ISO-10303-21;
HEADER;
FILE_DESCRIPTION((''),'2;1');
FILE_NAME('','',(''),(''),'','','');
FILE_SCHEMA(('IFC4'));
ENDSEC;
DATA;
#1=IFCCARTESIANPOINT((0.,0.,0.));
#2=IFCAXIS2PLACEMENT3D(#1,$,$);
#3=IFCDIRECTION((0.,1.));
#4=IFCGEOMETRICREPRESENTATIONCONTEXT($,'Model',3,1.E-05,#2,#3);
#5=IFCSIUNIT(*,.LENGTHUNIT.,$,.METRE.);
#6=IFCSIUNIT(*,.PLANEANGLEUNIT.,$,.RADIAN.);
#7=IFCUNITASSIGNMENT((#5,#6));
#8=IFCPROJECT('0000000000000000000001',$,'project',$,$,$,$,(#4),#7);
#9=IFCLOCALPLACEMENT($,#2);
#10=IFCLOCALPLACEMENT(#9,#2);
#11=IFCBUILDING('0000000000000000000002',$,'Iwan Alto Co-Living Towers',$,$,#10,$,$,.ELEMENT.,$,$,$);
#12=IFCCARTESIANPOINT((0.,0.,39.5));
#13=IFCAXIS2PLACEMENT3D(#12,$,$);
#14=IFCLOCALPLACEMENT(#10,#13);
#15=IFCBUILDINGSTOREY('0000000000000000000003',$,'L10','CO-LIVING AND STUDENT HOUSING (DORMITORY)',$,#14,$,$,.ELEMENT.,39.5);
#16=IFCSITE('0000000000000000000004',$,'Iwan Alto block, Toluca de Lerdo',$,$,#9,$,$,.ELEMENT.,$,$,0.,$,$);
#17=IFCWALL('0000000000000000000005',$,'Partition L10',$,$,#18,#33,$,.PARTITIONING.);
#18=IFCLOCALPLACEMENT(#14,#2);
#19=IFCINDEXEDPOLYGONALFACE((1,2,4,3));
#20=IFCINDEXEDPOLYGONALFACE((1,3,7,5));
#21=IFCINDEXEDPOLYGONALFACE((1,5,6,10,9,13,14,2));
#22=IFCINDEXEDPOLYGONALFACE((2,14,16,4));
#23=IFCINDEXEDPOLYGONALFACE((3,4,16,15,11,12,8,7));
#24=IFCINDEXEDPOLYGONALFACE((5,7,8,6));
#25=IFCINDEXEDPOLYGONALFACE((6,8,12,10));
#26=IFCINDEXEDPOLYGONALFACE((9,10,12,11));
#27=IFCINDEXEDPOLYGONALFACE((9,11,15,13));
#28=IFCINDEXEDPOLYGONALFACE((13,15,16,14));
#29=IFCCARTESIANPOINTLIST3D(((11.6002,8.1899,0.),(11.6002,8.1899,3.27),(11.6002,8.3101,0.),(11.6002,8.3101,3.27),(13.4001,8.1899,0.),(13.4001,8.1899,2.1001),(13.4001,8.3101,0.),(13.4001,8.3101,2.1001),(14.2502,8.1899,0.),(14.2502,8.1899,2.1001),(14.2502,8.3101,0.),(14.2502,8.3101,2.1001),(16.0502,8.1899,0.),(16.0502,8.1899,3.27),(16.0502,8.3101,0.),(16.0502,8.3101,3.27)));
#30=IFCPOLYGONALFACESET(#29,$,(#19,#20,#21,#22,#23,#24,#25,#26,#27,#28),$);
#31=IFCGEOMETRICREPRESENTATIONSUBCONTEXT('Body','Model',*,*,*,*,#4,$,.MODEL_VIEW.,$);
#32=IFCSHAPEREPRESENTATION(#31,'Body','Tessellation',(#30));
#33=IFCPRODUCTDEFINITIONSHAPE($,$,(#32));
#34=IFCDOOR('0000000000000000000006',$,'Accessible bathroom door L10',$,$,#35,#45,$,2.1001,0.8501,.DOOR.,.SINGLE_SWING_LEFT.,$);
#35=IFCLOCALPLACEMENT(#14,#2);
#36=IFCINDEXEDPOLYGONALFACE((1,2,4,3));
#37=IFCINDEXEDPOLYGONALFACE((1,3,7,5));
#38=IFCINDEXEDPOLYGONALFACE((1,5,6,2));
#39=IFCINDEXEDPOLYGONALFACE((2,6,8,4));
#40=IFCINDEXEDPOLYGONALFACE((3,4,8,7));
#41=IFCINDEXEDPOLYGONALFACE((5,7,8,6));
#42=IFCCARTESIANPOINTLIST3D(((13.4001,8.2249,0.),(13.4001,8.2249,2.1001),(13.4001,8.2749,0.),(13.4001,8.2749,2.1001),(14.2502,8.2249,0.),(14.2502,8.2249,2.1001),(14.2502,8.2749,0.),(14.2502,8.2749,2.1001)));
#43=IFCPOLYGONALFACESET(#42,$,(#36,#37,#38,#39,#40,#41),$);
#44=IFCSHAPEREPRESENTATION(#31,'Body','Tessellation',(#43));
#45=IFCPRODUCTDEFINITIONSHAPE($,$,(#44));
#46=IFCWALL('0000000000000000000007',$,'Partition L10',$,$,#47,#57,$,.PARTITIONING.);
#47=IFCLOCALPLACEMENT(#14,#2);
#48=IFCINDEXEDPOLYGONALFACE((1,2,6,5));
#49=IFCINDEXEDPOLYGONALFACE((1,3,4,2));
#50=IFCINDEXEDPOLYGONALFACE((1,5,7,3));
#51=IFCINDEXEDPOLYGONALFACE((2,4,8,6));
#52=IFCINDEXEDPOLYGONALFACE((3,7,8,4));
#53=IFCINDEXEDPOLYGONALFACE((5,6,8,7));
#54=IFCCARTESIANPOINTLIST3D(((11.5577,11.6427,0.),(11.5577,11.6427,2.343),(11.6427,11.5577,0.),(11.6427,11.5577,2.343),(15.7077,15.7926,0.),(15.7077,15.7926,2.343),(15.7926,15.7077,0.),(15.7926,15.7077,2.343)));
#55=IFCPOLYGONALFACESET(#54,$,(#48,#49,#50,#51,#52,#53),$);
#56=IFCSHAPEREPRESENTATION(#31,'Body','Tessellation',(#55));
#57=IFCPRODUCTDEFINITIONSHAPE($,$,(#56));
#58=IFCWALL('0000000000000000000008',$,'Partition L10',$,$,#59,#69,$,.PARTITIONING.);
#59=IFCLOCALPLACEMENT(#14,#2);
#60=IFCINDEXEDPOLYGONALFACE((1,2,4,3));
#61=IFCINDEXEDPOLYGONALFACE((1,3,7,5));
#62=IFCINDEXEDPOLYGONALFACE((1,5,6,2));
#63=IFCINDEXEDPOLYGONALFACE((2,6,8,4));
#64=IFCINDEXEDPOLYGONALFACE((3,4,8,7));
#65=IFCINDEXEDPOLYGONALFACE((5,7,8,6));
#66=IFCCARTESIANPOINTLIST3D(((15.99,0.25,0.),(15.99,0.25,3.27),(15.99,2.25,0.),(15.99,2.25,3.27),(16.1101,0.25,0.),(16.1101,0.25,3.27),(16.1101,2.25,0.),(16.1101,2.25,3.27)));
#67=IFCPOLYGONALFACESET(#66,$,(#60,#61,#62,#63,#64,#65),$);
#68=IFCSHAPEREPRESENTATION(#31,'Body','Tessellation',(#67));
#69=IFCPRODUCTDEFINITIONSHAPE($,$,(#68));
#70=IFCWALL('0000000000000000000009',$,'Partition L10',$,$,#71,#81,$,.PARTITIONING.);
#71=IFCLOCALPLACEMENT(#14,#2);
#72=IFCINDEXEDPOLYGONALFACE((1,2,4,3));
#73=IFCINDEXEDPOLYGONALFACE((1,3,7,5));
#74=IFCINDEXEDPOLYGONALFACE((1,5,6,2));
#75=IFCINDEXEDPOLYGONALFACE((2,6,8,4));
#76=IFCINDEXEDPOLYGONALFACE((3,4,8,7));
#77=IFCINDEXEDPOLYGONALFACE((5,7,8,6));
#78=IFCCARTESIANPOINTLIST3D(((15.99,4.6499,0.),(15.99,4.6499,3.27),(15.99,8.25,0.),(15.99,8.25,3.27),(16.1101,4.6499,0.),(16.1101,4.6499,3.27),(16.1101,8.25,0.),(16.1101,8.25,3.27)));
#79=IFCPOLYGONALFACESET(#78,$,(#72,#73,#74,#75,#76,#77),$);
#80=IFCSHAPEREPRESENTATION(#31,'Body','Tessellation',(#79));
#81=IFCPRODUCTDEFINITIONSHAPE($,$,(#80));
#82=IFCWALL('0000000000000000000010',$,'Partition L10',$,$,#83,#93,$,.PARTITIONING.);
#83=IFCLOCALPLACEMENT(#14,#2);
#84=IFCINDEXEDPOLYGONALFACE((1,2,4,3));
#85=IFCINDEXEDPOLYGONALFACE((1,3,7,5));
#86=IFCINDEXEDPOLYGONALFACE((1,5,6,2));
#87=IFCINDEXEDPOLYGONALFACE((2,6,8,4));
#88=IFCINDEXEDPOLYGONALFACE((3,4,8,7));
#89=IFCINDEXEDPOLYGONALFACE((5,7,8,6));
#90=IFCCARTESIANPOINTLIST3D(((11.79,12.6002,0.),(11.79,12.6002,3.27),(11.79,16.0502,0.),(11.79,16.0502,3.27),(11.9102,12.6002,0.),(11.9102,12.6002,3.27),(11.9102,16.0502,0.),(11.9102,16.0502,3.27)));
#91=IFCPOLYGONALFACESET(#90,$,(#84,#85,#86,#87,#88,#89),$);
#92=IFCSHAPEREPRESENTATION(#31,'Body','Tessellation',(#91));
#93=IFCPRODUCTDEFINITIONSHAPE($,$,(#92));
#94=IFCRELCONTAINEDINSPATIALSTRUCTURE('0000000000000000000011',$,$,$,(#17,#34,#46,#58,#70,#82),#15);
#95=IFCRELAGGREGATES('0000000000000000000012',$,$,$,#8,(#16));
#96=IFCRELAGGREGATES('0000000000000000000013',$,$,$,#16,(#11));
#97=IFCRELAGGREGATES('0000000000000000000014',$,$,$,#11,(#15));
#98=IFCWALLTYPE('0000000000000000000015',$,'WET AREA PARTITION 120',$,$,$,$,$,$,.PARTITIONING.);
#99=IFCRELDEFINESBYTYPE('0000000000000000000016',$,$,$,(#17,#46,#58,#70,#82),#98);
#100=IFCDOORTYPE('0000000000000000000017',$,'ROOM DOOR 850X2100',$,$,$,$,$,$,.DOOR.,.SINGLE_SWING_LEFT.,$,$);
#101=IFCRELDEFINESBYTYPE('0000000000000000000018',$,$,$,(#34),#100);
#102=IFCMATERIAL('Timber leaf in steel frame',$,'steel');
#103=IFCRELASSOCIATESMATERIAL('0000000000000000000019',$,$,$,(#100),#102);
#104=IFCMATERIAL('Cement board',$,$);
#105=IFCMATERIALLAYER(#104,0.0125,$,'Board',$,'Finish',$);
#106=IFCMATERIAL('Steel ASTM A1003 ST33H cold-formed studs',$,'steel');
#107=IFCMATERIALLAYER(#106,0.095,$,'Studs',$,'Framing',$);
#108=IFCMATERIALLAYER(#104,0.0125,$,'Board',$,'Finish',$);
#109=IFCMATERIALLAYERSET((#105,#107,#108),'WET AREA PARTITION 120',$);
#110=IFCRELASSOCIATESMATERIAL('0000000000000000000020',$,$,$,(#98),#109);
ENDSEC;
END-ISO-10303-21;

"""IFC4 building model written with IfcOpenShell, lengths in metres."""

from ifc_helpers import new_model, si_unit, direction, frame, frame_2d, origin, place, context, subcontext, project, spatial, rectangle, extrude, material, layer, layer_set, type_object, element, fill, save


model = new_model("IFC4")

# Units and contexts
model_context = context("Model", 3, precision=1e-05, world=origin(), true_north=direction((0.0, 1.0)))
body_context = subcontext(model_context, "Body", "Model", "MODEL_VIEW")
ifc_project = project(units=[si_unit("LENGTHUNIT", "METRE"), si_unit("PLANEANGLEUNIT", "RADIAN")], contexts=[model_context])

# Site, building, storey
site_placement = place(None, origin())
site = spatial("IfcSite", under=ifc_project, at=site_placement, Name="Iwan Alto block, Toluca de Lerdo", CompositionType="ELEMENT", RefElevation=0.0)
building_placement = place(site_placement, origin())
building = spatial("IfcBuilding", under=site, at=building_placement, Name="Iwan Alto Co-Living Towers", CompositionType="ELEMENT")
storey_placement = place(building_placement, frame((0.0, 0.0, 39.5)))
storey = spatial("IfcBuildingStorey", under=building, at=storey_placement, Name="L10", Description="CO-LIVING AND STUDENT HOUSING (DORMITORY)", CompositionType="ELEMENT", Elevation=39.5)

# Shared definitions
ifc_material_1 = material(Name="Steel ASTM A1003 ST33H cold-formed studs", Category="steel")

# Shared definitions
ifc_material_2 = material(Name="Timber leaf in steel frame", Category="steel")
door_type = type_object("IfcDoorType", Name="ROOM DOOR 850X2100", OperationType="SINGLE_SWING_LEFT", PredefinedType="DOOR", material=ifc_material_2)

# Shared definitions
ifc_material_3 = material(Name="Cement board")
ifc_layer_1 = layer(ifc_material_3, 0.0125, Name="Board", Category="Finish")
ifc_layer_2 = layer(ifc_material_1, 0.095, Name="Studs", Category="Framing")
ifc_layer_3 = layer(ifc_material_3, 0.0125, Name="Board", Category="Finish")
ifc_layer_set_1 = layer_set([ifc_layer_1, ifc_layer_2, ifc_layer_3], Name="WET AREA PARTITION 120")
wall_type_1 = type_object("IfcWallType", Name="WET AREA PARTITION 120", PredefinedType="PARTITIONING", material=ifc_layer_set_1)

# Wall, opening, door
wall_1_placement = place(storey_placement, frame((11.6001, 8.25, 0.0), z_axis=(0.0, 0.0, 1.0), x_axis=(1.0, 0.0, 0.0)))
wall_1 = element("IfcWall", 1, at=wall_1_placement, inside=storey, type_object=wall_type_1, Name="Partition L10", PredefinedType="PARTITIONING", context=body_context, shape_type="SweptSolid", body=[
    extrude(rectangle(XDim=4.45, YDim=0.1201, at=frame_2d((2.2251, 0.0))), origin(), (0.0, 0.0, 1.0), 3.27),
])
opening_1_placement = place(wall_1_placement, frame((1.8, 0.0, 0.0)))
opening_1 = element("IfcOpeningElement", 2, at=opening_1_placement, cuts=wall_1, PredefinedType="OPENING", context=body_context, shape_type="SweptSolid", body=[
    extrude(rectangle(XDim=0.8501, YDim=2.1001, at=frame_2d((0.425, 1.05))), frame((0.0, 0.0701, 0.0), z_axis=(0.0, -1.0, 0.0), x_axis=(1.0, 0.0, 0.0)), (0.0, 0.0, 1.0), 0.1401),
])
door_1_placement = place(opening_1_placement, origin())
door_1 = element("IfcDoor", 3, at=door_1_placement, inside=storey, type_object=door_type, Name="Accessible bathroom door L10", OperationType="SINGLE_SWING_LEFT", OverallHeight=2.1001, OverallWidth=0.8501, PredefinedType="DOOR", context=body_context, shape_type="SweptSolid", body=[
    extrude(rectangle(XDim=0.8501, YDim=2.1001, at=frame_2d((0.425, 1.05))), frame((0.0, 0.0249, 0.0), z_axis=(0.0, -1.0, 0.0), x_axis=(1.0, 0.0, 0.0)), (0.0, 0.0, 1.0), 0.05),
])
fill(opening_1, door_1)

# Walls
wall_2_placement = place(storey_placement, frame((11.6001, 11.6001, 0.0), z_axis=(0.0, 0.0, 1.0), x_axis=(0.707107, 0.707107, 0.0)))
element("IfcWall", 4, at=wall_2_placement, inside=storey, type_object=wall_type_1, Name="Partition L10", PredefinedType="PARTITIONING", context=body_context, shape_type="SweptSolid", body=[
    extrude(rectangle(XDim=5.8689, YDim=0.1201, at=frame_2d((2.9346, 0.0))), origin(), (0.0, 0.0, 1.0), 2.343),
])
wall_3_placement = place(storey_placement, frame((16.05, 0.25, 0.0), z_axis=(0.0, 0.0, 1.0), x_axis=(0.0, 1.0, 0.0)))
element("IfcWall", 5, at=wall_3_placement, inside=storey, type_object=wall_type_1, Name="Partition L10", PredefinedType="PARTITIONING", context=body_context, shape_type="SweptSolid", body=[
    extrude(rectangle(XDim=2.0, YDim=0.1201, at=frame_2d((1.0, 0.0))), origin(), (0.0, 0.0, 1.0), 3.27),
])
wall_4_placement = place(storey_placement, frame((16.05, 4.6499, 0.0), z_axis=(0.0, 0.0, 1.0), x_axis=(0.0, 1.0, 0.0)))
element("IfcWall", 6, at=wall_4_placement, inside=storey, type_object=wall_type_1, Name="Partition L10", PredefinedType="PARTITIONING", context=body_context, shape_type="SweptSolid", body=[
    extrude(rectangle(XDim=3.6001, YDim=0.1201, at=frame_2d((1.8, 0.0))), origin(), (0.0, 0.0, 1.0), 3.27),
])
wall_5_placement = place(storey_placement, frame((11.8501, 12.6001, 0.0), z_axis=(0.0, 0.0, 1.0), x_axis=(0.0, 1.0, 0.0)))
element("IfcWall", 7, at=wall_5_placement, inside=storey, type_object=wall_type_1, Name="Partition L10", PredefinedType="PARTITIONING", context=body_context, shape_type="SweptSolid", body=[
    extrude(rectangle(XDim=3.45, YDim=0.1201, at=frame_2d((1.7251, 0.0))), origin(), (0.0, 0.0, 1.0), 3.27),
])

save(model, "model.ifc")
